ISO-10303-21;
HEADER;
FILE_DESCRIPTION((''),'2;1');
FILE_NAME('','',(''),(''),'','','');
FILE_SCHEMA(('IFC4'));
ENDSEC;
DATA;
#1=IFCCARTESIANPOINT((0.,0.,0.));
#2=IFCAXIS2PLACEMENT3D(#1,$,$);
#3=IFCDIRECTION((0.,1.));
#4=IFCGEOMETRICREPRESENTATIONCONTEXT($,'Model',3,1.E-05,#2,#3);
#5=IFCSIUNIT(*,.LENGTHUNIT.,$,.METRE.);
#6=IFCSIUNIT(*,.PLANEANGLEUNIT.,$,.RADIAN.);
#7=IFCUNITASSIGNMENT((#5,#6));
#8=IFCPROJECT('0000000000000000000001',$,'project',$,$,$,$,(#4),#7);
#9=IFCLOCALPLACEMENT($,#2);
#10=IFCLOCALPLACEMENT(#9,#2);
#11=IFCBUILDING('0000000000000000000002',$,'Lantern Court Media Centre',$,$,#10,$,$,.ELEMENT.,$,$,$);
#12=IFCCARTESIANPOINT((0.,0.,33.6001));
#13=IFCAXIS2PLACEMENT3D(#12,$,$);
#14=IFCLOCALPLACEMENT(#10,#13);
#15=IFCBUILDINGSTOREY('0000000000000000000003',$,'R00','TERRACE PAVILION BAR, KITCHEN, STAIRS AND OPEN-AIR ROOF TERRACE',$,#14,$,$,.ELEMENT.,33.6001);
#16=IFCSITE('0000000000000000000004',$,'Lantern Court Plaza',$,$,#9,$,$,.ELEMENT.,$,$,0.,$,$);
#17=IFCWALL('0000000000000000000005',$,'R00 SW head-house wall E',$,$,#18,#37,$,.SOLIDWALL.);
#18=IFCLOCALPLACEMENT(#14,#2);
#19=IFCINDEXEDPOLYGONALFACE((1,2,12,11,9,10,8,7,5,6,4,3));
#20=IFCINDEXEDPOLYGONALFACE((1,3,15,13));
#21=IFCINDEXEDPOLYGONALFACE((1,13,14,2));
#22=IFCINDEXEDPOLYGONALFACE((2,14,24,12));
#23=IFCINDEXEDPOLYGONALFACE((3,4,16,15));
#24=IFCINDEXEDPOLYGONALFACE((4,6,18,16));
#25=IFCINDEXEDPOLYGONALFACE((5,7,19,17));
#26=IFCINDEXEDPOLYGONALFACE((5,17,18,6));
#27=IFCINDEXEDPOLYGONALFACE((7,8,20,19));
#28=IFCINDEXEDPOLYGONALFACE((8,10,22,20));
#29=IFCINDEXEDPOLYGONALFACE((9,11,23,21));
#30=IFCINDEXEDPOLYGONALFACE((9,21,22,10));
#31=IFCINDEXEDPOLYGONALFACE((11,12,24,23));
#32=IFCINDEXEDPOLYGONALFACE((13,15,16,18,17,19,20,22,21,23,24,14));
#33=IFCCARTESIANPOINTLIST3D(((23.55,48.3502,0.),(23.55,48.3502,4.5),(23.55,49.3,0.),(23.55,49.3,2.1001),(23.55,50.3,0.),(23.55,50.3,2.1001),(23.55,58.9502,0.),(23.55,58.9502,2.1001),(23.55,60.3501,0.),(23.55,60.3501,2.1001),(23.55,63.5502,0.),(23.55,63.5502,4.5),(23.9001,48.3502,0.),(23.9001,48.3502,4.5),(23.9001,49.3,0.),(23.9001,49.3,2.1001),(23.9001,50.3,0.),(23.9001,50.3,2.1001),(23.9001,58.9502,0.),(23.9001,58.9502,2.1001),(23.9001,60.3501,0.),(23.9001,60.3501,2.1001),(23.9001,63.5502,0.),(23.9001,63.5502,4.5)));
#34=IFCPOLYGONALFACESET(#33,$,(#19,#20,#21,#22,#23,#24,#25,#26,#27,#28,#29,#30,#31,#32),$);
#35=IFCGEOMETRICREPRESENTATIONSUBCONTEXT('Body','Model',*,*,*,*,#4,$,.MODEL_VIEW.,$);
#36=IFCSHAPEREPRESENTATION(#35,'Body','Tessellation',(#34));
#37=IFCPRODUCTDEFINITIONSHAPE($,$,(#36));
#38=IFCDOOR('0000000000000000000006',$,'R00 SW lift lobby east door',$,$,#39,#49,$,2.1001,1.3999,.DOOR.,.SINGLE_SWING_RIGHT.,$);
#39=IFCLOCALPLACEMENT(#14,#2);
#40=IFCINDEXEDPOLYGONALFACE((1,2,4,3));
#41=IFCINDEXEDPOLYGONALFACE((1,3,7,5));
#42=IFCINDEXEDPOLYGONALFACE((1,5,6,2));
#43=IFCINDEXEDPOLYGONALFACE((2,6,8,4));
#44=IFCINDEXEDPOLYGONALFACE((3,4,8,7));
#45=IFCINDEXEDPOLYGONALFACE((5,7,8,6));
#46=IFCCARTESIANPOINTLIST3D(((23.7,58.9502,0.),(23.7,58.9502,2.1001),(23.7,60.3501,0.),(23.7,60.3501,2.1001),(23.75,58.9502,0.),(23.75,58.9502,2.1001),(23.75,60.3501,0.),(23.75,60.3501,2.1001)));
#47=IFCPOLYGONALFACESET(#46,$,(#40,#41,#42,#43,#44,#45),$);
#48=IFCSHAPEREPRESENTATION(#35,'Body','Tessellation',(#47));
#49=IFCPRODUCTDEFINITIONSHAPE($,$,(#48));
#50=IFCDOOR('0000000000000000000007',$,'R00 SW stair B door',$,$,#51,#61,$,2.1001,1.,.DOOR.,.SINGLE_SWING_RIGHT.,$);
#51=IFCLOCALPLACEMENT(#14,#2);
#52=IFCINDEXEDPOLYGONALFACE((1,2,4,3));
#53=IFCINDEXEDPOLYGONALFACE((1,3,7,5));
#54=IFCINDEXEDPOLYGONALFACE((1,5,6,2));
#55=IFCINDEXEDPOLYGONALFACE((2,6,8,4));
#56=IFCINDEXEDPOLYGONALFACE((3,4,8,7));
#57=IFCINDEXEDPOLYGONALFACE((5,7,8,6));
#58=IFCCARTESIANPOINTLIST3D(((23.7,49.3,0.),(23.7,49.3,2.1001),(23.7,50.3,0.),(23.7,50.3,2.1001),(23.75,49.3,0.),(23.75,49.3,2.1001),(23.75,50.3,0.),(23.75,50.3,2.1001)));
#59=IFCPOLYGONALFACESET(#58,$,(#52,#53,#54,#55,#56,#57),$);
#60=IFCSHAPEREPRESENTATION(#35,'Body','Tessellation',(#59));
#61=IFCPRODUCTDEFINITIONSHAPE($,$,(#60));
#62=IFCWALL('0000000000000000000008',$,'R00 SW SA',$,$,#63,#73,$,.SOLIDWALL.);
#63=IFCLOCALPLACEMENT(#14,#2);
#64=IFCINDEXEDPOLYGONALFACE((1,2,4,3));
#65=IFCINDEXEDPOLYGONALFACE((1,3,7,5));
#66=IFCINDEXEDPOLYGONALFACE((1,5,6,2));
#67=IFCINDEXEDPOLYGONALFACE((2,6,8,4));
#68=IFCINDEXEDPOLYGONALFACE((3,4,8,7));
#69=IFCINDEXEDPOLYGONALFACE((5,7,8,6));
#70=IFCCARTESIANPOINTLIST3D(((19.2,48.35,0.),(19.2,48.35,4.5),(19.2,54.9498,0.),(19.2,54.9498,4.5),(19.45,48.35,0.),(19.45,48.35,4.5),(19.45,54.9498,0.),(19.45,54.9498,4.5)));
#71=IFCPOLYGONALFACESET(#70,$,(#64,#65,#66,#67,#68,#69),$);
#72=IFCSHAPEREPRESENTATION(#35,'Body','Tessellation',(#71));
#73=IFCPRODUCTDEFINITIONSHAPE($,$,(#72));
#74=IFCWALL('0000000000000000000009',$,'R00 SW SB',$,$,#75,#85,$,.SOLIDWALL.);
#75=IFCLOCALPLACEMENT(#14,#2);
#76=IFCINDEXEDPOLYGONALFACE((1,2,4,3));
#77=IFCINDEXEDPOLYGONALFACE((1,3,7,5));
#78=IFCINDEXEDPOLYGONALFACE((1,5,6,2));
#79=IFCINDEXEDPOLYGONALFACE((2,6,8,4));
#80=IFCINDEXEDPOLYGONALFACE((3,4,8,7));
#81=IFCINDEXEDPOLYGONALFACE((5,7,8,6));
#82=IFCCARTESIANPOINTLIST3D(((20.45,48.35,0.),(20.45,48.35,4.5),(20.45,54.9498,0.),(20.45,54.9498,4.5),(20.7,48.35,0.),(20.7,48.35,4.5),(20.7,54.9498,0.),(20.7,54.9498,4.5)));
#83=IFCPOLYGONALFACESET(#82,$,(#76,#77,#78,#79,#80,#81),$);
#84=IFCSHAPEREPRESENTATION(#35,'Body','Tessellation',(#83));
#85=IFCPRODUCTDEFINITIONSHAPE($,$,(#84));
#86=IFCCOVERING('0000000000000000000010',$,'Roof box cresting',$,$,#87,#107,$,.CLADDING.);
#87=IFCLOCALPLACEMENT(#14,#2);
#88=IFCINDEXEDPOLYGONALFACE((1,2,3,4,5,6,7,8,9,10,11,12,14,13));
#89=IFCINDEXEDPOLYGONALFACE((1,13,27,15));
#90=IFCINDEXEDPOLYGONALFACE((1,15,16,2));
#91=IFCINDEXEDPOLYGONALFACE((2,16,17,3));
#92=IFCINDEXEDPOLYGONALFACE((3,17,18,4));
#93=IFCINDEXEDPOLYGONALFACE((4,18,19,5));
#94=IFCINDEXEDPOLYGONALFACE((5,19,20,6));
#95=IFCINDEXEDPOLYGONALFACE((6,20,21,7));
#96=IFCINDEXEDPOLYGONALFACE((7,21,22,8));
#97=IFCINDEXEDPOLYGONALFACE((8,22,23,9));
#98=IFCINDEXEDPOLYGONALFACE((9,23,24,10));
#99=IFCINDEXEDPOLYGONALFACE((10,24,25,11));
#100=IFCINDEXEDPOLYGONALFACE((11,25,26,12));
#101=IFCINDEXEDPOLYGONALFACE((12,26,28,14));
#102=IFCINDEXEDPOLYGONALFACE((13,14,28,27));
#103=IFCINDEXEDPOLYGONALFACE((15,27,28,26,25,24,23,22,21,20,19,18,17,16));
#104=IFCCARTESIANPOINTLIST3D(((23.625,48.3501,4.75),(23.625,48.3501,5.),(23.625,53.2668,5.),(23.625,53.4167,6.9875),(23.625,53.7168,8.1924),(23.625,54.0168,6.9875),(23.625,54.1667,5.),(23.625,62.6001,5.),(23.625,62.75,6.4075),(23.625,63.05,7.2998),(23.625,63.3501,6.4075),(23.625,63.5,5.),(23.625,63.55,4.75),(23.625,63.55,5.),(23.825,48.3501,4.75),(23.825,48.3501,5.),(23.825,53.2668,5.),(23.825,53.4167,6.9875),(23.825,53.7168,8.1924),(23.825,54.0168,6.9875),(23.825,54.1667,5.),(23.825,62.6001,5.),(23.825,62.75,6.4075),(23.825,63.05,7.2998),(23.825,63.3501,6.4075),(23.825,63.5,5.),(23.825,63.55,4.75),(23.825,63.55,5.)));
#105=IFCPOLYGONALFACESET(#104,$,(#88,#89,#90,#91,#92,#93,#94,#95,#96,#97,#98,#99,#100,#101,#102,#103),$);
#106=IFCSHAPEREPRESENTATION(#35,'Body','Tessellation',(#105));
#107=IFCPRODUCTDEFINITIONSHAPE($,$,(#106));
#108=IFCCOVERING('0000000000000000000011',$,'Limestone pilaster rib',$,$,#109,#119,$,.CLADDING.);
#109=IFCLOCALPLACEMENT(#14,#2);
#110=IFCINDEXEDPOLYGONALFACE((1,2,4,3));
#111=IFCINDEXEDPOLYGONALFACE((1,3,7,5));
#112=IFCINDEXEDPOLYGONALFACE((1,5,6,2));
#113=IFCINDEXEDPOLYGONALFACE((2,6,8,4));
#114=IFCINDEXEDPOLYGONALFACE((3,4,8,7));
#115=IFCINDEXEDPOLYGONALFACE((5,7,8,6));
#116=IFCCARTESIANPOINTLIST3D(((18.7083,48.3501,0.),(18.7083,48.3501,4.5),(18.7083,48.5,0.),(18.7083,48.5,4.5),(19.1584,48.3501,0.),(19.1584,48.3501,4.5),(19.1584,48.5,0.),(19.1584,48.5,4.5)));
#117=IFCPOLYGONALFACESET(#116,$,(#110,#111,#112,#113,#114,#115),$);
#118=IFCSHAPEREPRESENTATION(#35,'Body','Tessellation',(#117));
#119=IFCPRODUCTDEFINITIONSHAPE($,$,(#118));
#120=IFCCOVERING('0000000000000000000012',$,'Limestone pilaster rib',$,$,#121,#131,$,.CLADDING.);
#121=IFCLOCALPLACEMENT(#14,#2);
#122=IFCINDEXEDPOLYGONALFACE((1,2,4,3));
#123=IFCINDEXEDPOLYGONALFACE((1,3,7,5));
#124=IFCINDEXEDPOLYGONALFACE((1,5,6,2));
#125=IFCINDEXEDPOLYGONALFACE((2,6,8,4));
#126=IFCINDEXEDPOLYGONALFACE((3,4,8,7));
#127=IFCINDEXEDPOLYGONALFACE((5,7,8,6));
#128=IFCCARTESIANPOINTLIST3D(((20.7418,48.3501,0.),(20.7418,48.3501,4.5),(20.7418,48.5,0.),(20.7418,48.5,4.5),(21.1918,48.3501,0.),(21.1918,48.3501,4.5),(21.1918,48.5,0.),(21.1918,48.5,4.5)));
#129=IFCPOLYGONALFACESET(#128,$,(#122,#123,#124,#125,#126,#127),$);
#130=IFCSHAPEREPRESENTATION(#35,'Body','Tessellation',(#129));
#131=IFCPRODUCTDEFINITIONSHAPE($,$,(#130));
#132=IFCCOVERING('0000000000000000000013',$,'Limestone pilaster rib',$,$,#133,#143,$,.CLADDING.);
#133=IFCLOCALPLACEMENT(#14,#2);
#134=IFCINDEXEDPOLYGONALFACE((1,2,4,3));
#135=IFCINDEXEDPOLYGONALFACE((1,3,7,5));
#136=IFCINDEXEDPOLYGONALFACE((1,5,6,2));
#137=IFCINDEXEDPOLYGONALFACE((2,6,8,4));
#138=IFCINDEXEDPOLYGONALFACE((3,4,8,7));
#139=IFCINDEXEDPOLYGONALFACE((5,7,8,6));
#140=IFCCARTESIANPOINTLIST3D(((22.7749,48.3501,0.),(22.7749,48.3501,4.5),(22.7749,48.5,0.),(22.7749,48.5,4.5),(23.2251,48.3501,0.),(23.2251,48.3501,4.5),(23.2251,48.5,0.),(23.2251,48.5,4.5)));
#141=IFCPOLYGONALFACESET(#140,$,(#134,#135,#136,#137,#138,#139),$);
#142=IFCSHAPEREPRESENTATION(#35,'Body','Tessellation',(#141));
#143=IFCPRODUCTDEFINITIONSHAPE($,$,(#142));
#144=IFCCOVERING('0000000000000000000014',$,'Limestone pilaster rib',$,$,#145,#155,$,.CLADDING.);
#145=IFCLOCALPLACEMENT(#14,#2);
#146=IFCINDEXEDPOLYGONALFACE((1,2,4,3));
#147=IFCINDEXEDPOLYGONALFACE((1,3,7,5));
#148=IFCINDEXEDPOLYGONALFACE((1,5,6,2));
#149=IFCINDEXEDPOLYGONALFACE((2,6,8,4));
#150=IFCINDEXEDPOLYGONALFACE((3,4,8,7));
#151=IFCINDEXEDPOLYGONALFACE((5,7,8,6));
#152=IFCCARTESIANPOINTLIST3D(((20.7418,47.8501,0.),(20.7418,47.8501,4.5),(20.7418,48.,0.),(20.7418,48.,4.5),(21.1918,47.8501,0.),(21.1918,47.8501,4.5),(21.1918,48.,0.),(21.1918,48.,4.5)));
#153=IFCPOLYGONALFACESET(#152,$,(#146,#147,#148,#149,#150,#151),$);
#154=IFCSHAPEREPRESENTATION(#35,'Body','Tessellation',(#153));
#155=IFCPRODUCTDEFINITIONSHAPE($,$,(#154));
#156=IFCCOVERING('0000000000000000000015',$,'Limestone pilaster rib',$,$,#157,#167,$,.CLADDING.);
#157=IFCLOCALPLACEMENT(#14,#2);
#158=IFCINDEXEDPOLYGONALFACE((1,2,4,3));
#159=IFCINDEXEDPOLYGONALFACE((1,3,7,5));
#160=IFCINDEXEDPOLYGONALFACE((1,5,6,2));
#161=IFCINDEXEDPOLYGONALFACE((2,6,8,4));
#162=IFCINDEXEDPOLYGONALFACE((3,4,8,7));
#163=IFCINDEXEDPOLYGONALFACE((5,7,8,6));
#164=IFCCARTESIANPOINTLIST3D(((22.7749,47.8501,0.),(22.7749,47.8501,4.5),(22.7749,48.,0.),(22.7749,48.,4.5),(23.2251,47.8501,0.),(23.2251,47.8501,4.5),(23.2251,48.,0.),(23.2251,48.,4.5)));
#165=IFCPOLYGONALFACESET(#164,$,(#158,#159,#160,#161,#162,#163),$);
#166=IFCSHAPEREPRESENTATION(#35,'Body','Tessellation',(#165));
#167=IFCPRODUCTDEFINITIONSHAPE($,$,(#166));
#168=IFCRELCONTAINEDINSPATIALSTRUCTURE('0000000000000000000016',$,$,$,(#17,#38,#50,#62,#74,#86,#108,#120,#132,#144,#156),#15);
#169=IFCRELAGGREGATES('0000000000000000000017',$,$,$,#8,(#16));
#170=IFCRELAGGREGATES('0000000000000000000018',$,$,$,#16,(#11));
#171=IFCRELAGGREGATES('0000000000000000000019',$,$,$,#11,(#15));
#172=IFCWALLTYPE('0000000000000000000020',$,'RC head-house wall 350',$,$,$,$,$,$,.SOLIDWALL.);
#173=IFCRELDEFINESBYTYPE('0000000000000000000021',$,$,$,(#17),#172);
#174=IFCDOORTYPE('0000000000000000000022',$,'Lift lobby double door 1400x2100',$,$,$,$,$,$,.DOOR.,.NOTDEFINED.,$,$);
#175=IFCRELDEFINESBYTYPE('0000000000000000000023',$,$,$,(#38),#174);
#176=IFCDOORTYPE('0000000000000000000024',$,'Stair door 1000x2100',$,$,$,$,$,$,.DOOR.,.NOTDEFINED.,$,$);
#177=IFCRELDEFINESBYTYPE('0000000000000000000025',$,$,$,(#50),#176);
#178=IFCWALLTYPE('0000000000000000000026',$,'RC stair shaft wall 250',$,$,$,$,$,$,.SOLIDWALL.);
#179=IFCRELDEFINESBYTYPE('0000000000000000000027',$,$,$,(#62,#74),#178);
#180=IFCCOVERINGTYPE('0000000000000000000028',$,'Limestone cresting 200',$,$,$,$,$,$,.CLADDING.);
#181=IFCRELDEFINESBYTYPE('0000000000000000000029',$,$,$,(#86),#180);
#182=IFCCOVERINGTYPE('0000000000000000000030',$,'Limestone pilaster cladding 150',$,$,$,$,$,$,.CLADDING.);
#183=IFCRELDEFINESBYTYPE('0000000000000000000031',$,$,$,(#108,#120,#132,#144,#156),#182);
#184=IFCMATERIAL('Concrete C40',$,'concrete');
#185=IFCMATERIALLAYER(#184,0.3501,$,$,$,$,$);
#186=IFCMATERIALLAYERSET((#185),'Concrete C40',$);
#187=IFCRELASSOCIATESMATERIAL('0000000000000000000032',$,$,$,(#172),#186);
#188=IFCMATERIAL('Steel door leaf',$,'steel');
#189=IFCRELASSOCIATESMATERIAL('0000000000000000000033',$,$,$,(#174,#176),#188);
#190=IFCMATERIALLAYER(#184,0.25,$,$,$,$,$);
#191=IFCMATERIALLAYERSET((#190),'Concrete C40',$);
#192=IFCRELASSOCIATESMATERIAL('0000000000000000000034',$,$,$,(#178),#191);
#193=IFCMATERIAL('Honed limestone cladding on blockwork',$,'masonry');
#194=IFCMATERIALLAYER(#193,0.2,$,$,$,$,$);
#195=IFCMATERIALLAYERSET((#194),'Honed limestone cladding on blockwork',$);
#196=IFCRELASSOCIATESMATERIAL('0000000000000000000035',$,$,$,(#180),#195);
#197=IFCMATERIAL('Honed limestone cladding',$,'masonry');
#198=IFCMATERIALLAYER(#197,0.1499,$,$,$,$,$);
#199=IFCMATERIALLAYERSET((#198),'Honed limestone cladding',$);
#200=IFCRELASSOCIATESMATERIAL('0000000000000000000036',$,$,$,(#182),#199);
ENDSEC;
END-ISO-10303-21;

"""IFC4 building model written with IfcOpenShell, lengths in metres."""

from ifc_helpers import new_model, si_unit, direction, frame, frame_2d, origin, place, context, subcontext, project, spatial, polyline, rectangle, outline, extrude, material, layer, layer_set, type_object, element, fill, save


model = new_model("IFC4")

# Units and contexts
model_context = context("Model", 3, precision=1e-05, world=origin(), true_north=direction((0.0, 1.0)))
body_context = subcontext(model_context, "Body", "Model", "MODEL_VIEW")
ifc_project = project(units=[si_unit("LENGTHUNIT", "METRE"), si_unit("PLANEANGLEUNIT", "RADIAN")], contexts=[model_context])

# Site, building, storey
site_placement = place(None, origin())
site = spatial("IfcSite", under=ifc_project, at=site_placement, Name="Lantern Court Plaza", CompositionType="ELEMENT", RefElevation=0.0)
building_placement = place(site_placement, origin())
building = spatial("IfcBuilding", under=site, at=building_placement, Name="Lantern Court Media Centre", CompositionType="ELEMENT")
storey_placement = place(building_placement, frame((0.0, 0.0, 33.6001)))
storey = spatial("IfcBuildingStorey", under=building, at=storey_placement, Name="R00", Description="TERRACE PAVILION BAR, KITCHEN, STAIRS AND OPEN-AIR ROOF TERRACE", CompositionType="ELEMENT", Elevation=33.6001)

# Shared definitions
ifc_material_1 = material(Name="Concrete C40", Category="concrete")

# Wall, openings, doors
ifc_layer_1 = layer(ifc_material_1, 0.3501)
ifc_layer_set_1 = layer_set([ifc_layer_1], Name="Concrete C40")
wall_type_1 = type_object("IfcWallType", Name="RC head-house wall 350", PredefinedType="SOLIDWALL", material=ifc_layer_set_1)
wall_1_placement = place(storey_placement, frame((23.7251, 48.3501, 0.0), z_axis=(0.0, 0.0, 1.0), x_axis=(0.0, 1.0, 0.0)))
wall_1 = element("IfcWall", 1, at=wall_1_placement, inside=storey, type_object=wall_type_1, Name="R00 SW head-house wall E", PredefinedType="SOLIDWALL", context=body_context, shape_type="SweptSolid", body=[
    extrude(rectangle(XDim=15.2, YDim=0.3501, at=frame_2d((7.6001, 0.0))), origin(), (0.0, 0.0, 1.0), 4.5),
])
opening_1_placement = place(wall_1_placement, frame((0.95, 0.0, 0.0)))
opening_1 = element("IfcOpeningElement", 2, at=opening_1_placement, cuts=wall_1, PredefinedType="OPENING", context=body_context, shape_type="SweptSolid", body=[
    extrude(rectangle(XDim=1.0, YDim=2.1001, at=frame_2d((0.5, 1.05))), frame((0.0, 0.1851, 0.0), z_axis=(0.0, -1.0, 0.0), x_axis=(1.0, 0.0, 0.0)), (0.0, 0.0, 1.0), 0.3701),
])
opening_2_placement = place(wall_1_placement, frame((10.6001, 0.0, 0.0)))
opening_2 = element("IfcOpeningElement", 3, at=opening_2_placement, cuts=wall_1, PredefinedType="OPENING", context=body_context, shape_type="SweptSolid", body=[
    extrude(rectangle(XDim=1.3999, YDim=2.1001, at=frame_2d((0.7, 1.05))), frame((0.0, 0.1851, 0.0), z_axis=(0.0, -1.0, 0.0), x_axis=(1.0, 0.0, 0.0)), (0.0, 0.0, 1.0), 0.3701),
])
ifc_material_2 = material(Name="Steel door leaf", Category="steel")
door_type_1 = type_object("IfcDoorType", Name="Lift lobby double door 1400x2100", OperationType="NOTDEFINED", PredefinedType="DOOR", material=ifc_material_2)
door_1_placement = place(opening_2_placement, frame((1.3999, 0.0, 0.0), z_axis=(0.0, 0.0, 1.0), x_axis=(-1.0, 0.0, 0.0)))
door_1 = element("IfcDoor", 4, at=door_1_placement, inside=storey, type_object=door_type_1, Name="R00 SW lift lobby east door", OperationType="SINGLE_SWING_RIGHT", OverallHeight=2.1001, OverallWidth=1.3999, PredefinedType="DOOR", context=body_context, shape_type="SweptSolid", body=[
    extrude(rectangle(XDim=1.3999, YDim=2.1001, at=frame_2d((0.7, 1.05))), frame((0.0, 0.0249, 0.0), z_axis=(0.0, -1.0, 0.0), x_axis=(1.0, 0.0, 0.0)), (0.0, 0.0, 1.0), 0.05),
])
fill(opening_2, door_1)
door_type_2 = type_object("IfcDoorType", Name="Stair door 1000x2100", OperationType="NOTDEFINED", PredefinedType="DOOR", material=ifc_material_2)
door_2_placement = place(opening_1_placement, frame((1.0, 0.0, 0.0), z_axis=(0.0, 0.0, 1.0), x_axis=(-1.0, 0.0, 0.0)))
door_2 = element("IfcDoor", 5, at=door_2_placement, inside=storey, type_object=door_type_2, Name="R00 SW stair B door", OperationType="SINGLE_SWING_RIGHT", OverallHeight=2.1001, OverallWidth=1.0, PredefinedType="DOOR", context=body_context, shape_type="SweptSolid", body=[
    extrude(rectangle(XDim=1.0, YDim=2.1001, at=frame_2d((0.5, 1.05))), frame((0.0, 0.0249, 0.0), z_axis=(0.0, -1.0, 0.0), x_axis=(1.0, 0.0, 0.0)), (0.0, 0.0, 1.0), 0.05),
])
fill(opening_1, door_2)

# Walls
ifc_layer_2 = layer(ifc_material_1, 0.25)
ifc_layer_set_2 = layer_set([ifc_layer_2], Name="Concrete C40")
wall_type_2 = type_object("IfcWallType", Name="RC stair shaft wall 250", PredefinedType="SOLIDWALL", material=ifc_layer_set_2)
for number, where, z_axis, x_axis, name in (
    (6, (19.325, 48.3501, 0.0), (0.0, 0.0, 1.0), (0.0, 1.0, 0.0), "R00 SW SA"),
    (7, (20.575, 48.3501, 0.0), (0.0, 0.0, 1.0), (0.0, 1.0, 0.0), "R00 SW SB"),
):
    element("IfcWall", number, at=place(storey_placement, frame(where, z_axis=z_axis, x_axis=x_axis)), inside=storey, type_object=wall_type_2, Name=name, PredefinedType="SOLIDWALL", context=body_context, shape_type="SweptSolid", body=[
        extrude(rectangle(XDim=6.5999, YDim=0.25, at=frame_2d((3.2998, 0.0))), origin(), (0.0, 0.0, 1.0), 4.5),
    ])

# Coverings
ifc_material_3 = material(Name="Honed limestone cladding on blockwork", Category="masonry")
ifc_layer_3 = layer(ifc_material_3, 0.2)
ifc_layer_set_3 = layer_set([ifc_layer_3], Name="Honed limestone cladding on blockwork")
covering_type_1 = type_object("IfcCoveringType", Name="Limestone cresting 200", PredefinedType="CLADDING", material=ifc_layer_set_3)
covering_1_placement = place(storey_placement, frame((23.7251, 48.3501, 4.75), z_axis=(0.0, 0.0, 1.0), x_axis=(0.0, 1.0, 0.0)))
element("IfcCovering", 8, at=covering_1_placement, inside=storey, type_object=covering_type_1, Name="Roof box cresting", PredefinedType="CLADDING", context=body_context, shape_type="SweptSolid", body=[
    extrude(outline(polyline([(0.0, 0.0), (15.2, 0.0), (15.2, 0.25), (15.1499, 0.25), (15.0, 1.6575), (14.7, 2.5498), (14.3999, 1.6575), (14.25, 0.25), (5.8167, 0.25), (5.6667, 2.2375), (5.3667, 3.4424), (5.0667, 2.2375), (4.9167, 0.25), (0.0, 0.25), (0.0, 0.0)])), frame((0.0, 0.1001, 0.0), z_axis=(0.0, -1.0, 0.0), x_axis=(1.0, 0.0, 0.0)), (0.0, 0.0, 1.0), 0.2),
])
ifc_material_4 = material(Name="Honed limestone cladding", Category="masonry")
ifc_layer_4 = layer(ifc_material_4, 0.1499)
ifc_layer_set_4 = layer_set([ifc_layer_4], Name="Honed limestone cladding")
covering_type_2 = type_object("IfcCoveringType", Name="Limestone pilaster cladding 150", PredefinedType="CLADDING", material=ifc_layer_set_4)
covering_2_placement = place(storey_placement, frame((18.7083, 48.425, 0.0), z_axis=(0.0, 0.0, 1.0), x_axis=(1.0, 0.0, 0.0)))
element("IfcCovering", 9, at=covering_2_placement, inside=storey, type_object=covering_type_2, Name="Limestone pilaster rib", PredefinedType="CLADDING", context=body_context, shape_type="SweptSolid", body=[
    extrude(rectangle(XDim=0.4502, YDim=0.1499, at=frame_2d((0.2251, 0.0))), origin(), (0.0, 0.0, 1.0), 4.5),
])
covering_3_placement = place(storey_placement, frame((20.7417, 48.425, 0.0), z_axis=(0.0, 0.0, 1.0), x_axis=(1.0, 0.0, 0.0)))
element("IfcCovering", 10, at=covering_3_placement, inside=storey, type_object=covering_type_2, Name="Limestone pilaster rib", PredefinedType="CLADDING", context=body_context, shape_type="SweptSolid", body=[
    extrude(rectangle(XDim=0.45, YDim=0.1499, at=frame_2d((0.2251, 0.0))), origin(), (0.0, 0.0, 1.0), 4.5),
])
covering_4_placement = place(storey_placement, frame((22.7749, 48.425, 0.0), z_axis=(0.0, 0.0, 1.0), x_axis=(1.0, 0.0, 0.0)))
element("IfcCovering", 11, at=covering_4_placement, inside=storey, type_object=covering_type_2, Name="Limestone pilaster rib", PredefinedType="CLADDING", context=body_context, shape_type="SweptSolid", body=[
    extrude(rectangle(XDim=0.4502, YDim=0.1499, at=frame_2d((0.2251, 0.0))), origin(), (0.0, 0.0, 1.0), 4.5),
])
covering_5_placement = place(storey_placement, frame((20.7417, 47.925, 0.0), z_axis=(0.0, 0.0, 1.0), x_axis=(1.0, 0.0, 0.0)))
element("IfcCovering", 12, at=covering_5_placement, inside=storey, type_object=covering_type_2, Name="Limestone pilaster rib", PredefinedType="CLADDING", context=body_context, shape_type="SweptSolid", body=[
    extrude(rectangle(XDim=0.45, YDim=0.1499, at=frame_2d((0.2251, 0.0))), origin(), (0.0, 0.0, 1.0), 4.5),
])
covering_6_placement = place(storey_placement, frame((22.7749, 47.925, 0.0), z_axis=(0.0, 0.0, 1.0), x_axis=(1.0, 0.0, 0.0)))
element("IfcCovering", 13, at=covering_6_placement, inside=storey, type_object=covering_type_2, Name="Limestone pilaster rib", PredefinedType="CLADDING", context=body_context, shape_type="SweptSolid", body=[
    extrude(rectangle(XDim=0.4502, YDim=0.1499, at=frame_2d((0.2251, 0.0))), origin(), (0.0, 0.0, 1.0), 4.5),
])

save(model, "model.ifc")
